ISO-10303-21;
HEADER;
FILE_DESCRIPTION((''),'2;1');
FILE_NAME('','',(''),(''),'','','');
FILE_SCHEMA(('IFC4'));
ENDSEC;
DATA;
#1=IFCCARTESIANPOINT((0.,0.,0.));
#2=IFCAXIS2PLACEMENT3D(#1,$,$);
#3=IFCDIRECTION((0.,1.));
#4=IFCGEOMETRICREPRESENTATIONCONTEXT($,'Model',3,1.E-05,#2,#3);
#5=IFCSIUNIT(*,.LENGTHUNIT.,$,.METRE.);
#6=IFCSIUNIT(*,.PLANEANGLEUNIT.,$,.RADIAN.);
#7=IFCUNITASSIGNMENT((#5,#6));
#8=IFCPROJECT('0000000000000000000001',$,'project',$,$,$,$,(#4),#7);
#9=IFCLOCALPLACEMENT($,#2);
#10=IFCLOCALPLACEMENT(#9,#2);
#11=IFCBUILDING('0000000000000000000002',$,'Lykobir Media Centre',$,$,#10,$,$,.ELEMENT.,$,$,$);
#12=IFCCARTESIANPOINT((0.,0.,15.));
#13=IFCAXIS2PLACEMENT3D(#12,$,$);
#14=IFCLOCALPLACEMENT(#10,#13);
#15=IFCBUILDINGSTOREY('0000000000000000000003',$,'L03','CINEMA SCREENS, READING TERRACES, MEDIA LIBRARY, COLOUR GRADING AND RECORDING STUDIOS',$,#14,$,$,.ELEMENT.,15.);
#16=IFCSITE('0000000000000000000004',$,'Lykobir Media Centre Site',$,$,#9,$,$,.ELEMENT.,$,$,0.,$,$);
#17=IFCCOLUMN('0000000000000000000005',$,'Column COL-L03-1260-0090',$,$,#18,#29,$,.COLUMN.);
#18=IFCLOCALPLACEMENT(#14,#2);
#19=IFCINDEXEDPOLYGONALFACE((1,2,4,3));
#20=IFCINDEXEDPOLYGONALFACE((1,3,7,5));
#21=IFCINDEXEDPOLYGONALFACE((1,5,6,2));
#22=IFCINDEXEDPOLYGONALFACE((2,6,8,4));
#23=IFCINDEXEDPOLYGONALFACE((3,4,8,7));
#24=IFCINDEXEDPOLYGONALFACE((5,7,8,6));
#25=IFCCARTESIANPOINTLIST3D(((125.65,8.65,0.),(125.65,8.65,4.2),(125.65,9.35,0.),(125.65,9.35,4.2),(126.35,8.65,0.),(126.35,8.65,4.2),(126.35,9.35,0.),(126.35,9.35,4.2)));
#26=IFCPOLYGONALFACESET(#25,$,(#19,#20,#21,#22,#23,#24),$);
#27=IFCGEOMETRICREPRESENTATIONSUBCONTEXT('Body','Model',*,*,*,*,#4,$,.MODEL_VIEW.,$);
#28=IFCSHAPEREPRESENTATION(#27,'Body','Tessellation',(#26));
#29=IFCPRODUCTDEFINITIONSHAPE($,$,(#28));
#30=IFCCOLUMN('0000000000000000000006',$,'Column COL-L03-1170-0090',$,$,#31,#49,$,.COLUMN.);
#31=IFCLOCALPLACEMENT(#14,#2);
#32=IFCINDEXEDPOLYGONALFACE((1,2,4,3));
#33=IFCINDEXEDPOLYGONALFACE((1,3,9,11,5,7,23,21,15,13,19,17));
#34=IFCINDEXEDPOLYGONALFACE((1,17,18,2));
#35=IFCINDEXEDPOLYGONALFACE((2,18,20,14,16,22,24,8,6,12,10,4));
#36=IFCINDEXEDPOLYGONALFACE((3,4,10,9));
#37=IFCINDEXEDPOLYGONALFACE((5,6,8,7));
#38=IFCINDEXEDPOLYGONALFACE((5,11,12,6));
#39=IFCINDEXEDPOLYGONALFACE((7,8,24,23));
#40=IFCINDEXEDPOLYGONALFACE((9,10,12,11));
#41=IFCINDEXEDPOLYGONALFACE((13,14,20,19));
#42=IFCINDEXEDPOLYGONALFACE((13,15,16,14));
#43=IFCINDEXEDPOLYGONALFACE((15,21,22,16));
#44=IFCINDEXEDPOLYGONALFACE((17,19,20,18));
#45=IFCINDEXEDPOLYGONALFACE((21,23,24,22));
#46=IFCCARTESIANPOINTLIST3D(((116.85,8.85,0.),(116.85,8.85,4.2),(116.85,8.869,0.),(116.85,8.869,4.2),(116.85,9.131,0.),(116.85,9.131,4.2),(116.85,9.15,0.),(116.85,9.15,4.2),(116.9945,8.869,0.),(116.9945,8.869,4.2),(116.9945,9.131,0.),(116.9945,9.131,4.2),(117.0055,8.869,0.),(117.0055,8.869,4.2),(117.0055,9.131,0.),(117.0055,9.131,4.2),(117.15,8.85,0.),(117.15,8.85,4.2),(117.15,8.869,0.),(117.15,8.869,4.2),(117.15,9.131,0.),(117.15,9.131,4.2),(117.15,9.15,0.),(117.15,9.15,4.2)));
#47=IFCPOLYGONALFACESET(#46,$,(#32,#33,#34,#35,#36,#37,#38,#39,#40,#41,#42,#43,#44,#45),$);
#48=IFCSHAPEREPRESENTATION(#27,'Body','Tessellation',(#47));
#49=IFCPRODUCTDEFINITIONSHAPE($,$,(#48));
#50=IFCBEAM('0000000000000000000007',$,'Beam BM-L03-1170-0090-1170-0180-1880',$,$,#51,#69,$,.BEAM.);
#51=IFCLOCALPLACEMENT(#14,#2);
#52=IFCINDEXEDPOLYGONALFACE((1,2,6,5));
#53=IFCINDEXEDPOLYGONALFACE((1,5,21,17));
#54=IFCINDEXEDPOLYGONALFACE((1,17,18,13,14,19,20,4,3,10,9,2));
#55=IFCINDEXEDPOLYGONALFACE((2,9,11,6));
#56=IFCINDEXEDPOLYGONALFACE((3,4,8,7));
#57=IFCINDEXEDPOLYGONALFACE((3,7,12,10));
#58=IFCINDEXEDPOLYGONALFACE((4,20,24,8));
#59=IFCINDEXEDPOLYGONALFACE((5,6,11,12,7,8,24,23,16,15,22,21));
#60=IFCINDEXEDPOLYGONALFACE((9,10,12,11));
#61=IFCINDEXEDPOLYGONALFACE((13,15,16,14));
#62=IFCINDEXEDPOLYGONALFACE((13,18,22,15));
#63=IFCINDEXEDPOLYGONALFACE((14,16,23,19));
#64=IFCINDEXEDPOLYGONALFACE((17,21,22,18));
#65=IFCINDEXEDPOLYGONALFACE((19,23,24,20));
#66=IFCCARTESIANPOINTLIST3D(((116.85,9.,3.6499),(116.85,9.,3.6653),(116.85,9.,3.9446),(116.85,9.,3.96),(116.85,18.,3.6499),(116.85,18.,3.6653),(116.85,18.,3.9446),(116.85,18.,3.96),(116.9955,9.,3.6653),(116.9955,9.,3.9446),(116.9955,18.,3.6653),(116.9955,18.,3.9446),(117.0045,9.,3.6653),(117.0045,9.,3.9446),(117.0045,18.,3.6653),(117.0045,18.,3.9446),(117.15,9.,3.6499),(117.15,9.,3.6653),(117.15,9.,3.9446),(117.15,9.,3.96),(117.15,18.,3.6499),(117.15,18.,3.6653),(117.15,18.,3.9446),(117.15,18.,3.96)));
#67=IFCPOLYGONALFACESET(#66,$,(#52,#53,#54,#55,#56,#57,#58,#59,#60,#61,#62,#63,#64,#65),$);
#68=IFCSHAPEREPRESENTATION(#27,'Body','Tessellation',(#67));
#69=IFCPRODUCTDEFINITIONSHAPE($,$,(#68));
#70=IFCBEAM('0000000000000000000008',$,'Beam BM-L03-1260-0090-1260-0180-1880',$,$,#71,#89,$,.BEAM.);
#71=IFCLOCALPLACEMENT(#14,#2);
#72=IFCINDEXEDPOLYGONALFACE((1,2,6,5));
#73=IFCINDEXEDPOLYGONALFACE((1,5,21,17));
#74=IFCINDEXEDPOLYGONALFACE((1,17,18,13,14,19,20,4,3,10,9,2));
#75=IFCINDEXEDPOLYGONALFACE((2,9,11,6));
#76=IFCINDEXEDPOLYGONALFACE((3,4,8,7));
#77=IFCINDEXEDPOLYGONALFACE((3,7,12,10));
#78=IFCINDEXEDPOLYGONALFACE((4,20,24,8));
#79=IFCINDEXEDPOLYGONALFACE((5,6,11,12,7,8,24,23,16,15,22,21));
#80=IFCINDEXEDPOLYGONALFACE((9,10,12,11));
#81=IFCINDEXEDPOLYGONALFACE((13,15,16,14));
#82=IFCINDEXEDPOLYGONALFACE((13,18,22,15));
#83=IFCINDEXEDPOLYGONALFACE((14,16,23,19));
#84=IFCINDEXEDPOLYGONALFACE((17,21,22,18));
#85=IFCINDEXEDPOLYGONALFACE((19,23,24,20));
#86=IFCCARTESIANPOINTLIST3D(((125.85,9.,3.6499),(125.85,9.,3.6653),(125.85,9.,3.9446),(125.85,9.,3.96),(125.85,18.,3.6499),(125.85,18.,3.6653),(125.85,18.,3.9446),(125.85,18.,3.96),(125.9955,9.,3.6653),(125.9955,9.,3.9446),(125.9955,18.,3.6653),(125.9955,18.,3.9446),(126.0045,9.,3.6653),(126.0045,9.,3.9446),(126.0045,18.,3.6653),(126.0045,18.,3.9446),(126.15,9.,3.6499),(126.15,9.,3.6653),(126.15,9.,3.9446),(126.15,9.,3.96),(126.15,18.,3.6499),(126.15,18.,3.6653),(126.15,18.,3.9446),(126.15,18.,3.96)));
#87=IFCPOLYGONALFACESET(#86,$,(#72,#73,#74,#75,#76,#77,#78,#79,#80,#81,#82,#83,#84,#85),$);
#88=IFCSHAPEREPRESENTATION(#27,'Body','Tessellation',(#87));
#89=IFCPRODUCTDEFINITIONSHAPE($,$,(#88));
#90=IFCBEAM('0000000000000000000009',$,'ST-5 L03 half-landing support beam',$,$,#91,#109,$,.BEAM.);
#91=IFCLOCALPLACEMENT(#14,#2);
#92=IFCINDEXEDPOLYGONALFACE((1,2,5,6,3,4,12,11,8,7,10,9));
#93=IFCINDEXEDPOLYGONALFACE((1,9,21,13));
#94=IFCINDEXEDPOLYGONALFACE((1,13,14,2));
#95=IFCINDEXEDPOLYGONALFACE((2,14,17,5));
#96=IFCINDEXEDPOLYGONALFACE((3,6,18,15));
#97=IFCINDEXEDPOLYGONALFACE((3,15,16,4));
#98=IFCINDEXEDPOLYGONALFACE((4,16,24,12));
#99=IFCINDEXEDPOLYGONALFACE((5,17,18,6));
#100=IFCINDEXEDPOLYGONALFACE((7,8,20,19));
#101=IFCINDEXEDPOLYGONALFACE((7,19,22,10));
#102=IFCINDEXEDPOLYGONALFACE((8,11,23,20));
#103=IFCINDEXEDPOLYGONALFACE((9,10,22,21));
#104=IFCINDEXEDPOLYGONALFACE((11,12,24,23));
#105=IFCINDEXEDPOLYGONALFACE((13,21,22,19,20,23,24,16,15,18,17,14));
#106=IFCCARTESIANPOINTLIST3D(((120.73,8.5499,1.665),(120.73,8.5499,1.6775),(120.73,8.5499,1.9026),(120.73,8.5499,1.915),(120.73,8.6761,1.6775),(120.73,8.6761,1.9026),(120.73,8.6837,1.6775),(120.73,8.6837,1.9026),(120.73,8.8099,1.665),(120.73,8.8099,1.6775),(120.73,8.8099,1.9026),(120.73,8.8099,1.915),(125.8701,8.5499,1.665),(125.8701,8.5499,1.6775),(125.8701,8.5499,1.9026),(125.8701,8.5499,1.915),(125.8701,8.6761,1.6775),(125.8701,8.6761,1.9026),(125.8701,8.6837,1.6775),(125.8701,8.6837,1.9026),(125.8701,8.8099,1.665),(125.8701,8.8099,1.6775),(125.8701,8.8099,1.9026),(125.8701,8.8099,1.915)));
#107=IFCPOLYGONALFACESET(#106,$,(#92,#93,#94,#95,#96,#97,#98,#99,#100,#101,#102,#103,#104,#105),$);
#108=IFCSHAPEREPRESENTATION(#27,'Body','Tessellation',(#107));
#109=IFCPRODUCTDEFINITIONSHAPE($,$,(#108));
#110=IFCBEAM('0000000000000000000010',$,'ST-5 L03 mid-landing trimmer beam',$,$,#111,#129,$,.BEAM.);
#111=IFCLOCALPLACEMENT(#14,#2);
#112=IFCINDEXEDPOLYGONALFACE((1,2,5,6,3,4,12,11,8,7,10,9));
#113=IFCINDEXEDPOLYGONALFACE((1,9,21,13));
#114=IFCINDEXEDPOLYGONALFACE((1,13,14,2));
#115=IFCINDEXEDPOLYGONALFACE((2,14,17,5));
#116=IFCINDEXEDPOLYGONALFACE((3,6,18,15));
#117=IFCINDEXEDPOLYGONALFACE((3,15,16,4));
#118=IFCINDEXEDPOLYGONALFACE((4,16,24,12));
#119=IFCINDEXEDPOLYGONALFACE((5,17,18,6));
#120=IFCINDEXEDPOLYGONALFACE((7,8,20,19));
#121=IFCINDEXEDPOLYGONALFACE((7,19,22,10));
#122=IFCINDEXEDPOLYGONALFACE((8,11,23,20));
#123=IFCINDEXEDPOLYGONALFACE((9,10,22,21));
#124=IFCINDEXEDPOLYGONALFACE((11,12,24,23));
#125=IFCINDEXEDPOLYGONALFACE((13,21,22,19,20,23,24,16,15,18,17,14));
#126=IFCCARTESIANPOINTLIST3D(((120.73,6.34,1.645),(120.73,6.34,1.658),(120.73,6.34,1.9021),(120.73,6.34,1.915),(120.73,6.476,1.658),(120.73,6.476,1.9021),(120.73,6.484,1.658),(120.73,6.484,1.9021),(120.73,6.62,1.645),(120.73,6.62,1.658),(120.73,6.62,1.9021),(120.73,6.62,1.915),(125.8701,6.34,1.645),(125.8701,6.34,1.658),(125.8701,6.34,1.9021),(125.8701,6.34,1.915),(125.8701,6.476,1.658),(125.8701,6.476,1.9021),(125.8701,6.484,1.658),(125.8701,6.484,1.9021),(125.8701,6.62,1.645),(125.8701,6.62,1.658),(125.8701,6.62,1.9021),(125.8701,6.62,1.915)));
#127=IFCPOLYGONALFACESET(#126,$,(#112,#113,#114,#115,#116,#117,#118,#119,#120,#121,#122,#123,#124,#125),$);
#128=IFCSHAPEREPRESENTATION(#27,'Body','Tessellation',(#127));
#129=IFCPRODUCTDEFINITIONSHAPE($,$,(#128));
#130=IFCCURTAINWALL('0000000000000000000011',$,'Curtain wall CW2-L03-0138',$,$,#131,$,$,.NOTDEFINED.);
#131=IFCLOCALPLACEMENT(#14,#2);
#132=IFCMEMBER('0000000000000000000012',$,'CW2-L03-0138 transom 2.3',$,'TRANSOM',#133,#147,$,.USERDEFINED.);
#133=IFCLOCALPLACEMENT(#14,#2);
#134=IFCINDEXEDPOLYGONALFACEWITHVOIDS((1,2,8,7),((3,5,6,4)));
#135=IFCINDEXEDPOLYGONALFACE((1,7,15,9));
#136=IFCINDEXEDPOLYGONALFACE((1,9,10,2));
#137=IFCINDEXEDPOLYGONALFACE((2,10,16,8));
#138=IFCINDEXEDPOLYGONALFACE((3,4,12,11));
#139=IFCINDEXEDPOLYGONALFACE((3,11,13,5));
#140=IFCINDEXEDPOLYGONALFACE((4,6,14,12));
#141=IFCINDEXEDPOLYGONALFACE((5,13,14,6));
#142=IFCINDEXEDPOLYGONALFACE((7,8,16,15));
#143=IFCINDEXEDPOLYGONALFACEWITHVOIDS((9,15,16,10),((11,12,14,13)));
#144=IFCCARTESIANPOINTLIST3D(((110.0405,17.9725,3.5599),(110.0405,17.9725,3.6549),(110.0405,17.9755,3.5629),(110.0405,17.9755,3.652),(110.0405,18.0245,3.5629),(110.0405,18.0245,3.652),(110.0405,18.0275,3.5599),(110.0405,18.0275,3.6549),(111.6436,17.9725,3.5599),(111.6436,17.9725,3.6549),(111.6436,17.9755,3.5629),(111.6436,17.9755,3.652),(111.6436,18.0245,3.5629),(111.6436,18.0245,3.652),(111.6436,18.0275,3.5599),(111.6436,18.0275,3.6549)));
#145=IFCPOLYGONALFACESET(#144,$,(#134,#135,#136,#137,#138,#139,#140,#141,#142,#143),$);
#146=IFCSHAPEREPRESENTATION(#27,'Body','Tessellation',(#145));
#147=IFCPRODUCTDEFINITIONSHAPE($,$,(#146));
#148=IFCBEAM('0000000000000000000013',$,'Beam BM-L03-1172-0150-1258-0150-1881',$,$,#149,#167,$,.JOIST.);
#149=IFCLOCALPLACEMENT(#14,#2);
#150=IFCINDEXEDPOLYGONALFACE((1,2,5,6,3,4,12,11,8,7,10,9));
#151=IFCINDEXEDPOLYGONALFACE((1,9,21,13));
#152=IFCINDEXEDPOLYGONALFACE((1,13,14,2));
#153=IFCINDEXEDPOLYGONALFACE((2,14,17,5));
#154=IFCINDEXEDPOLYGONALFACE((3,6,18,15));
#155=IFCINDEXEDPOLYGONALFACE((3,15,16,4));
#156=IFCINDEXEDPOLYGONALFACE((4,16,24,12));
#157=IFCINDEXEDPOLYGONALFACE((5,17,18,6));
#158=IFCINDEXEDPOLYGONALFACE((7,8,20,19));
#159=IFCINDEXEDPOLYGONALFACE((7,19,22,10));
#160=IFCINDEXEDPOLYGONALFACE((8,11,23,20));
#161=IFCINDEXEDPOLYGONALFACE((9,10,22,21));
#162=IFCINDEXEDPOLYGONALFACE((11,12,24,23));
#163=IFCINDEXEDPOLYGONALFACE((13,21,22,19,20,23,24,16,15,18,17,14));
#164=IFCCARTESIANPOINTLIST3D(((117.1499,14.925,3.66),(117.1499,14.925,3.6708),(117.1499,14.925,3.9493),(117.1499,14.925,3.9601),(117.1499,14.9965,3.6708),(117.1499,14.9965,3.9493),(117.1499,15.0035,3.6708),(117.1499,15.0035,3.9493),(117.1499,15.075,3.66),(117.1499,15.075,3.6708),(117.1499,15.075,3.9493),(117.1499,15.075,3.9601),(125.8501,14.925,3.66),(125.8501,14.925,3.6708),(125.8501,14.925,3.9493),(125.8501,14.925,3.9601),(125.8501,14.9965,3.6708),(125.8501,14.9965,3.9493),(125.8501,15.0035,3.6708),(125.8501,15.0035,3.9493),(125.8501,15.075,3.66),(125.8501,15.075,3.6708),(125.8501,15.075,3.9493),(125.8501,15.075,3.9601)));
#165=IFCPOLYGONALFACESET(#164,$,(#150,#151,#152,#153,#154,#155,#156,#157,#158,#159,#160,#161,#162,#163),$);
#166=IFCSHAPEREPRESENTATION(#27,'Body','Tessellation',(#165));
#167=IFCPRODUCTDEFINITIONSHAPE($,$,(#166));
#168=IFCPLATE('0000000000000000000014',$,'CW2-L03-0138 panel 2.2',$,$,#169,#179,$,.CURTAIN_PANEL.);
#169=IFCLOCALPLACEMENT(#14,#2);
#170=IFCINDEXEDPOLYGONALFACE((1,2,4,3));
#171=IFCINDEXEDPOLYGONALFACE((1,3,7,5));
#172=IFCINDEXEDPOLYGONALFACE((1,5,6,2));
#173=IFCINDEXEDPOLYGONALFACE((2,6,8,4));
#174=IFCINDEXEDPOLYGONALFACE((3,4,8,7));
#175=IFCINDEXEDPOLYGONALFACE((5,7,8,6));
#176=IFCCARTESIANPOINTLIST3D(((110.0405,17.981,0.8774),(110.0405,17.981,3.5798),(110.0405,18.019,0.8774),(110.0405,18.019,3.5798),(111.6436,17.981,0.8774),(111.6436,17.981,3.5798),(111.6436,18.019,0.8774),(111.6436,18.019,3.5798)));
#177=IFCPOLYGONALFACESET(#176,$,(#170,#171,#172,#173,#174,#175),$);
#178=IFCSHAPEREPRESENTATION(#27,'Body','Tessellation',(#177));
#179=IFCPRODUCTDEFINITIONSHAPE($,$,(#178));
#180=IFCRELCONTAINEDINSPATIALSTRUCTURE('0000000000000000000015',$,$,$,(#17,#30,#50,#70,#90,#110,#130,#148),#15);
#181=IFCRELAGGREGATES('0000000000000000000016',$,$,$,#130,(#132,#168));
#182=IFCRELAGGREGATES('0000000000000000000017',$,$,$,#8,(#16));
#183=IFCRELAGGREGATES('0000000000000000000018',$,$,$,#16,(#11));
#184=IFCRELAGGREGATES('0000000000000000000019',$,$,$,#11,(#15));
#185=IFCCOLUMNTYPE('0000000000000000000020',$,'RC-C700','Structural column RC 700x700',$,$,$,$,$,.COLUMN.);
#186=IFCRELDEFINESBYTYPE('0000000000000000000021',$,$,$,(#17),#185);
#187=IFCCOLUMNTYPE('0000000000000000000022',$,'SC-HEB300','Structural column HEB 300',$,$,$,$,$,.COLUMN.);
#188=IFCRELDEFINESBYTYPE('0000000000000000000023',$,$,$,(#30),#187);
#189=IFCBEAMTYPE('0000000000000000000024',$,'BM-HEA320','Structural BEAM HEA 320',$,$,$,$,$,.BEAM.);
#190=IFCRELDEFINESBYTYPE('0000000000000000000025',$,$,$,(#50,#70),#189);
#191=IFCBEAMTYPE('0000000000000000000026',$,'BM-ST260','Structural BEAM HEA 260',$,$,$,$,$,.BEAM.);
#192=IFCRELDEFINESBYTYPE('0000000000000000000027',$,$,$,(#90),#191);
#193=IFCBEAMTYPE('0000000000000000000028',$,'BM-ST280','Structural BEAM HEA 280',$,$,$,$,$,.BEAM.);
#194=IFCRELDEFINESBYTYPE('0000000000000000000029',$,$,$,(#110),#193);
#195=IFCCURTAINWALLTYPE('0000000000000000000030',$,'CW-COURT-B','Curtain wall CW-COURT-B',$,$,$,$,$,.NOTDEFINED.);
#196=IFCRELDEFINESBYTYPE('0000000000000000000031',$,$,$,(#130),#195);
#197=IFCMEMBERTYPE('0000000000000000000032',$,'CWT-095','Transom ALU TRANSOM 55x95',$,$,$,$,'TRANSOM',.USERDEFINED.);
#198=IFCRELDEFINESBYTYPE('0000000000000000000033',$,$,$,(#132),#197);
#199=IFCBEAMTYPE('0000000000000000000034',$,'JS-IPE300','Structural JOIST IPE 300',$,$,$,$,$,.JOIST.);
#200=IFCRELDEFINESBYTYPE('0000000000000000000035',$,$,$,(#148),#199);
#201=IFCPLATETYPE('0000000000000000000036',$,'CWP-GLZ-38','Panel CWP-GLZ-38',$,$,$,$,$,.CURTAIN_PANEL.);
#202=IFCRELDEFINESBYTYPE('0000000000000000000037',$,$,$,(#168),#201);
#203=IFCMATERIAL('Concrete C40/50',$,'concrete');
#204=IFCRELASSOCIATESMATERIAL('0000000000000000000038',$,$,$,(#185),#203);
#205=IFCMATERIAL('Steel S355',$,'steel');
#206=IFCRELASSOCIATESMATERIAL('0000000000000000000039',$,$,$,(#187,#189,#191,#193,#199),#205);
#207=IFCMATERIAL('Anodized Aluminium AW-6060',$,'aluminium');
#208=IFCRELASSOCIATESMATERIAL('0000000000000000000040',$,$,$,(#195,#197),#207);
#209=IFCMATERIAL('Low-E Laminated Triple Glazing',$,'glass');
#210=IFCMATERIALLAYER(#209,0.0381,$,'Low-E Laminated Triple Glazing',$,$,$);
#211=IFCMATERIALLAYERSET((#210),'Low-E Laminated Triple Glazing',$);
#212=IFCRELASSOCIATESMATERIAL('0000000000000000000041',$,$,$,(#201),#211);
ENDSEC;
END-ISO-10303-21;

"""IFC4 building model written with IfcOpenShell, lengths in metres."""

from ifc_helpers import new_model, si_unit, direction, frame, origin, origin_2d, place, context, subcontext, project, spatial, rectangle, hollow_rectangle, i_section, extrude, material, layer, layer_set, material_profile, profile_set, type_object, element, aggregate, save


model = new_model("IFC4")

# Units and contexts
model_context = context("Model", 3, precision=1e-05, world=origin(), true_north=direction((0.0, 1.0)))
body_context = subcontext(model_context, "Body", "Model", "MODEL_VIEW")
ifc_project = project(units=[si_unit("LENGTHUNIT", "METRE"), si_unit("PLANEANGLEUNIT", "RADIAN")], contexts=[model_context])

# Site, building, storey
site_placement = place(None, origin())
site = spatial("IfcSite", under=ifc_project, at=site_placement, Name="Lykobir Media Centre Site", CompositionType="ELEMENT", RefElevation=0.0)
building_placement = place(site_placement, origin())
building = spatial("IfcBuilding", under=site, at=building_placement, Name="Lykobir Media Centre", CompositionType="ELEMENT")
storey_placement = place(building_placement, frame((0.0, 0.0, 15.0)))
storey = spatial("IfcBuildingStorey", under=building, at=storey_placement, Name="L03", Description="CINEMA SCREENS, READING TERRACES, MEDIA LIBRARY, COLOUR GRADING AND RECORDING STUDIOS", CompositionType="ELEMENT", Elevation=15.0)

# Columns
ifc_material_1 = material(Name="Concrete C40/50", Category="concrete")
ifc_material_profile_1 = material_profile(ifc_material_1, rectangle(XDim=0.7, YDim=0.7, at=origin_2d()), Name="RC 700x700")
ifc_profile_set_1 = profile_set([ifc_material_profile_1], Name="Concrete C40/50")
column_type_1 = type_object("IfcColumnType", Name="RC-C700", Description="Structural column RC 700x700", PredefinedType="COLUMN", material=ifc_profile_set_1)
column_1_placement = place(storey_placement, frame((126.0, 9.0, 0.0), z_axis=(0.0, 0.0, 1.0), x_axis=(1.0, 0.0, 0.0)))
element("IfcColumn", 1, at=column_1_placement, inside=storey, type_object=column_type_1, Name="Column COL-L03-1260-0090", PredefinedType="COLUMN", context=body_context, shape_type="SweptSolid", body=[
    extrude(rectangle(XDim=0.7, YDim=0.7, at=origin_2d()), origin(), (0.0, 0.0, 1.0), 4.2),
])
ifc_material_2 = material(Name="Steel S355", Category="steel")
ifc_material_profile_2 = material_profile(ifc_material_2, i_section(OverallWidth=0.3, OverallDepth=0.3, WebThickness=0.011, FlangeThickness=0.019, at=origin_2d()), Name="HEB 300")
ifc_profile_set_2 = profile_set([ifc_material_profile_2], Name="Steel S355")
column_type_2 = type_object("IfcColumnType", Name="SC-HEB300", Description="Structural column HEB 300", PredefinedType="COLUMN", material=ifc_profile_set_2)
column_2_placement = place(storey_placement, frame((117.0, 9.0, 0.0), z_axis=(0.0, 0.0, 1.0), x_axis=(1.0, 0.0, 0.0)))
element("IfcColumn", 2, at=column_2_placement, inside=storey, type_object=column_type_2, Name="Column COL-L03-1170-0090", PredefinedType="COLUMN", context=body_context, shape_type="SweptSolid", body=[
    extrude(i_section(OverallWidth=0.3, OverallDepth=0.3, WebThickness=0.011, FlangeThickness=0.019, at=origin_2d()), origin(), (0.0, 0.0, 1.0), 4.2),
])

# Beams
ifc_material_profile_3 = material_profile(ifc_material_2, i_section(OverallWidth=0.3, OverallDepth=0.3101, WebThickness=0.009, FlangeThickness=0.0154, at=origin_2d()), Name="HEA 320")
ifc_profile_set_3 = profile_set([ifc_material_profile_3], Name="Steel S355")
beam_type_1 = type_object("IfcBeamType", Name="BM-HEA320", Description="Structural BEAM HEA 320", PredefinedType="BEAM", material=ifc_profile_set_3)
for number, where, z_axis, x_axis, name in (
    (3, (117.0, 9.0, 3.8049), (0.0, 1.0, 0.0), (-1.0, 0.0, 0.0), "Beam BM-L03-1170-0090-1170-0180-1880"),
    (4, (126.0, 9.0, 3.8049), (0.0, 1.0, 0.0), (-1.0, 0.0, 0.0), "Beam BM-L03-1260-0090-1260-0180-1880"),
):
    element("IfcBeam", number, at=place(storey_placement, frame(where, z_axis=z_axis, x_axis=x_axis)), inside=storey, type_object=beam_type_1, Name=name, PredefinedType="BEAM", context=body_context, shape_type="SweptSolid", body=[
        extrude(i_section(OverallWidth=0.3, OverallDepth=0.3101, WebThickness=0.009, FlangeThickness=0.0154, at=origin_2d()), origin(), (0.0, 0.0, 1.0), 9.0),
    ])
ifc_material_profile_4 = material_profile(ifc_material_2, i_section(OverallWidth=0.26, OverallDepth=0.25, WebThickness=0.0076, FlangeThickness=0.0125, at=origin_2d()), Name="HEA 260")
ifc_profile_set_4 = profile_set([ifc_material_profile_4], Name="Steel S355")
beam_type_2 = type_object("IfcBeamType", Name="BM-ST260", Description="Structural BEAM HEA 260", PredefinedType="BEAM", material=ifc_profile_set_4)
beam_1_placement = place(storey_placement, frame((120.73, 8.6799, 1.79), z_axis=(1.0, 0.0, 0.0), x_axis=(0.0, 1.0, 0.0)))
element("IfcBeam", 5, at=beam_1_placement, inside=storey, type_object=beam_type_2, Name="ST-5 L03 half-landing support beam", PredefinedType="BEAM", context=body_context, shape_type="SweptSolid", body=[
    extrude(i_section(OverallWidth=0.26, OverallDepth=0.25, WebThickness=0.0076, FlangeThickness=0.0125, at=origin_2d()), origin(), (0.0, 0.0, 1.0), 5.1401),
])
ifc_material_profile_5 = material_profile(ifc_material_2, i_section(OverallWidth=0.28, OverallDepth=0.27, WebThickness=0.0081, FlangeThickness=0.0129, at=origin_2d()), Name="HEA 280")
ifc_profile_set_5 = profile_set([ifc_material_profile_5], Name="Steel S355")
beam_type_3 = type_object("IfcBeamType", Name="BM-ST280", Description="Structural BEAM HEA 280", PredefinedType="BEAM", material=ifc_profile_set_5)
beam_2_placement = place(storey_placement, frame((120.73, 6.48, 1.78), z_axis=(1.0, 0.0, 0.0), x_axis=(0.0, 1.0, 0.0)))
element("IfcBeam", 6, at=beam_2_placement, inside=storey, type_object=beam_type_3, Name="ST-5 L03 mid-landing trimmer beam", PredefinedType="BEAM", context=body_context, shape_type="SweptSolid", body=[
    extrude(i_section(OverallWidth=0.28, OverallDepth=0.27, WebThickness=0.0081, FlangeThickness=0.0129, at=origin_2d()), origin(), (0.0, 0.0, 1.0), 5.1401),
])

# Curtain wall, member
ifc_material_3 = material(Name="Anodized Aluminium AW-6060", Category="aluminium")
curtain_wall_type = type_object("IfcCurtainWallType", Name="CW-COURT-B", Description="Curtain wall CW-COURT-B", PredefinedType="NOTDEFINED", material=ifc_material_3)
curtain_wall_placement = place(storey_placement, origin())
curtain_wall = element("IfcCurtainWall", 7, at=curtain_wall_placement, inside=storey, type_object=curtain_wall_type, Name="Curtain wall CW2-L03-0138", PredefinedType="NOTDEFINED")
ifc_material_profile_6 = material_profile(ifc_material_3, hollow_rectangle(XDim=0.0549, YDim=0.095, WallThickness=0.0029, at=origin_2d()), Name="ALU TRANSOM 55x95")
ifc_profile_set_6 = profile_set([ifc_material_profile_6], Name="Anodized Aluminium AW-6060")
member_type = type_object("IfcMemberType", Name="CWT-095", Description="Transom ALU TRANSOM 55x95", ElementType="TRANSOM", PredefinedType="USERDEFINED", material=ifc_profile_set_6)
member_placement = place(storey_placement, frame((110.0405, 18.0, 3.6074), z_axis=(1.0, 0.0, 0.0), x_axis=(0.0, 1.0, 0.0)))
member = element("IfcMember", 8, at=member_placement, type_object=member_type, Name="CW2-L03-0138 transom 2.3", ObjectType="TRANSOM", PredefinedType="USERDEFINED", context=body_context, shape_type="SweptSolid", body=[
    extrude(hollow_rectangle(XDim=0.0549, YDim=0.095, WallThickness=0.0029, at=origin_2d()), origin(), (0.0, 0.0, 1.0), 1.603),
])

# Beam
ifc_material_profile_7 = material_profile(ifc_material_2, i_section(OverallWidth=0.1499, OverallDepth=0.3, WebThickness=0.0071, FlangeThickness=0.0107, at=origin_2d()), Name="IPE 300")
ifc_profile_set_7 = profile_set([ifc_material_profile_7], Name="Steel S355")
beam_type_4 = type_object("IfcBeamType", Name="JS-IPE300", Description="Structural JOIST IPE 300", PredefinedType="JOIST", material=ifc_profile_set_7)
beam_3_placement = place(storey_placement, frame((117.1499, 15.0, 3.8101), z_axis=(1.0, 0.0, 0.0), x_axis=(0.0, 1.0, 0.0)))
element("IfcBeam", 9, at=beam_3_placement, inside=storey, type_object=beam_type_4, Name="Beam BM-L03-1172-0150-1258-0150-1881", PredefinedType="JOIST", context=body_context, shape_type="SweptSolid", body=[
    extrude(i_section(OverallWidth=0.1499, OverallDepth=0.3, WebThickness=0.0071, FlangeThickness=0.0107, at=origin_2d()), origin(), (0.0, 0.0, 1.0), 8.7002),
])

# Plate
ifc_material_4 = material(Name="Low-E Laminated Triple Glazing", Category="glass")
ifc_layer_1 = layer(ifc_material_4, 0.0381, Name="Low-E Laminated Triple Glazing")
ifc_layer_set_1 = layer_set([ifc_layer_1], Name="Low-E Laminated Triple Glazing")
plate_type_1 = type_object("IfcPlateType", Name="CWP-GLZ-38", Description="Panel CWP-GLZ-38", PredefinedType="CURTAIN_PANEL", material=ifc_layer_set_1)
plate_1_placement = place(storey_placement, frame((110.842, 18.0, 0.8774), z_axis=(0.0, 0.0, 1.0), x_axis=(1.0, 0.0, 0.0)))
plate_1 = element("IfcPlate", 10, at=plate_1_placement, type_object=plate_type_1, Name="CW2-L03-0138 panel 2.2", PredefinedType="CURTAIN_PANEL", context=body_context, shape_type="SweptSolid", body=[
    extrude(rectangle(XDim=1.603, YDim=0.0381, at=origin_2d()), origin(), (0.0, 0.0, 1.0), 2.7024),
])
aggregate(curtain_wall, [member, plate_1])

save(model, "model.ifc")
